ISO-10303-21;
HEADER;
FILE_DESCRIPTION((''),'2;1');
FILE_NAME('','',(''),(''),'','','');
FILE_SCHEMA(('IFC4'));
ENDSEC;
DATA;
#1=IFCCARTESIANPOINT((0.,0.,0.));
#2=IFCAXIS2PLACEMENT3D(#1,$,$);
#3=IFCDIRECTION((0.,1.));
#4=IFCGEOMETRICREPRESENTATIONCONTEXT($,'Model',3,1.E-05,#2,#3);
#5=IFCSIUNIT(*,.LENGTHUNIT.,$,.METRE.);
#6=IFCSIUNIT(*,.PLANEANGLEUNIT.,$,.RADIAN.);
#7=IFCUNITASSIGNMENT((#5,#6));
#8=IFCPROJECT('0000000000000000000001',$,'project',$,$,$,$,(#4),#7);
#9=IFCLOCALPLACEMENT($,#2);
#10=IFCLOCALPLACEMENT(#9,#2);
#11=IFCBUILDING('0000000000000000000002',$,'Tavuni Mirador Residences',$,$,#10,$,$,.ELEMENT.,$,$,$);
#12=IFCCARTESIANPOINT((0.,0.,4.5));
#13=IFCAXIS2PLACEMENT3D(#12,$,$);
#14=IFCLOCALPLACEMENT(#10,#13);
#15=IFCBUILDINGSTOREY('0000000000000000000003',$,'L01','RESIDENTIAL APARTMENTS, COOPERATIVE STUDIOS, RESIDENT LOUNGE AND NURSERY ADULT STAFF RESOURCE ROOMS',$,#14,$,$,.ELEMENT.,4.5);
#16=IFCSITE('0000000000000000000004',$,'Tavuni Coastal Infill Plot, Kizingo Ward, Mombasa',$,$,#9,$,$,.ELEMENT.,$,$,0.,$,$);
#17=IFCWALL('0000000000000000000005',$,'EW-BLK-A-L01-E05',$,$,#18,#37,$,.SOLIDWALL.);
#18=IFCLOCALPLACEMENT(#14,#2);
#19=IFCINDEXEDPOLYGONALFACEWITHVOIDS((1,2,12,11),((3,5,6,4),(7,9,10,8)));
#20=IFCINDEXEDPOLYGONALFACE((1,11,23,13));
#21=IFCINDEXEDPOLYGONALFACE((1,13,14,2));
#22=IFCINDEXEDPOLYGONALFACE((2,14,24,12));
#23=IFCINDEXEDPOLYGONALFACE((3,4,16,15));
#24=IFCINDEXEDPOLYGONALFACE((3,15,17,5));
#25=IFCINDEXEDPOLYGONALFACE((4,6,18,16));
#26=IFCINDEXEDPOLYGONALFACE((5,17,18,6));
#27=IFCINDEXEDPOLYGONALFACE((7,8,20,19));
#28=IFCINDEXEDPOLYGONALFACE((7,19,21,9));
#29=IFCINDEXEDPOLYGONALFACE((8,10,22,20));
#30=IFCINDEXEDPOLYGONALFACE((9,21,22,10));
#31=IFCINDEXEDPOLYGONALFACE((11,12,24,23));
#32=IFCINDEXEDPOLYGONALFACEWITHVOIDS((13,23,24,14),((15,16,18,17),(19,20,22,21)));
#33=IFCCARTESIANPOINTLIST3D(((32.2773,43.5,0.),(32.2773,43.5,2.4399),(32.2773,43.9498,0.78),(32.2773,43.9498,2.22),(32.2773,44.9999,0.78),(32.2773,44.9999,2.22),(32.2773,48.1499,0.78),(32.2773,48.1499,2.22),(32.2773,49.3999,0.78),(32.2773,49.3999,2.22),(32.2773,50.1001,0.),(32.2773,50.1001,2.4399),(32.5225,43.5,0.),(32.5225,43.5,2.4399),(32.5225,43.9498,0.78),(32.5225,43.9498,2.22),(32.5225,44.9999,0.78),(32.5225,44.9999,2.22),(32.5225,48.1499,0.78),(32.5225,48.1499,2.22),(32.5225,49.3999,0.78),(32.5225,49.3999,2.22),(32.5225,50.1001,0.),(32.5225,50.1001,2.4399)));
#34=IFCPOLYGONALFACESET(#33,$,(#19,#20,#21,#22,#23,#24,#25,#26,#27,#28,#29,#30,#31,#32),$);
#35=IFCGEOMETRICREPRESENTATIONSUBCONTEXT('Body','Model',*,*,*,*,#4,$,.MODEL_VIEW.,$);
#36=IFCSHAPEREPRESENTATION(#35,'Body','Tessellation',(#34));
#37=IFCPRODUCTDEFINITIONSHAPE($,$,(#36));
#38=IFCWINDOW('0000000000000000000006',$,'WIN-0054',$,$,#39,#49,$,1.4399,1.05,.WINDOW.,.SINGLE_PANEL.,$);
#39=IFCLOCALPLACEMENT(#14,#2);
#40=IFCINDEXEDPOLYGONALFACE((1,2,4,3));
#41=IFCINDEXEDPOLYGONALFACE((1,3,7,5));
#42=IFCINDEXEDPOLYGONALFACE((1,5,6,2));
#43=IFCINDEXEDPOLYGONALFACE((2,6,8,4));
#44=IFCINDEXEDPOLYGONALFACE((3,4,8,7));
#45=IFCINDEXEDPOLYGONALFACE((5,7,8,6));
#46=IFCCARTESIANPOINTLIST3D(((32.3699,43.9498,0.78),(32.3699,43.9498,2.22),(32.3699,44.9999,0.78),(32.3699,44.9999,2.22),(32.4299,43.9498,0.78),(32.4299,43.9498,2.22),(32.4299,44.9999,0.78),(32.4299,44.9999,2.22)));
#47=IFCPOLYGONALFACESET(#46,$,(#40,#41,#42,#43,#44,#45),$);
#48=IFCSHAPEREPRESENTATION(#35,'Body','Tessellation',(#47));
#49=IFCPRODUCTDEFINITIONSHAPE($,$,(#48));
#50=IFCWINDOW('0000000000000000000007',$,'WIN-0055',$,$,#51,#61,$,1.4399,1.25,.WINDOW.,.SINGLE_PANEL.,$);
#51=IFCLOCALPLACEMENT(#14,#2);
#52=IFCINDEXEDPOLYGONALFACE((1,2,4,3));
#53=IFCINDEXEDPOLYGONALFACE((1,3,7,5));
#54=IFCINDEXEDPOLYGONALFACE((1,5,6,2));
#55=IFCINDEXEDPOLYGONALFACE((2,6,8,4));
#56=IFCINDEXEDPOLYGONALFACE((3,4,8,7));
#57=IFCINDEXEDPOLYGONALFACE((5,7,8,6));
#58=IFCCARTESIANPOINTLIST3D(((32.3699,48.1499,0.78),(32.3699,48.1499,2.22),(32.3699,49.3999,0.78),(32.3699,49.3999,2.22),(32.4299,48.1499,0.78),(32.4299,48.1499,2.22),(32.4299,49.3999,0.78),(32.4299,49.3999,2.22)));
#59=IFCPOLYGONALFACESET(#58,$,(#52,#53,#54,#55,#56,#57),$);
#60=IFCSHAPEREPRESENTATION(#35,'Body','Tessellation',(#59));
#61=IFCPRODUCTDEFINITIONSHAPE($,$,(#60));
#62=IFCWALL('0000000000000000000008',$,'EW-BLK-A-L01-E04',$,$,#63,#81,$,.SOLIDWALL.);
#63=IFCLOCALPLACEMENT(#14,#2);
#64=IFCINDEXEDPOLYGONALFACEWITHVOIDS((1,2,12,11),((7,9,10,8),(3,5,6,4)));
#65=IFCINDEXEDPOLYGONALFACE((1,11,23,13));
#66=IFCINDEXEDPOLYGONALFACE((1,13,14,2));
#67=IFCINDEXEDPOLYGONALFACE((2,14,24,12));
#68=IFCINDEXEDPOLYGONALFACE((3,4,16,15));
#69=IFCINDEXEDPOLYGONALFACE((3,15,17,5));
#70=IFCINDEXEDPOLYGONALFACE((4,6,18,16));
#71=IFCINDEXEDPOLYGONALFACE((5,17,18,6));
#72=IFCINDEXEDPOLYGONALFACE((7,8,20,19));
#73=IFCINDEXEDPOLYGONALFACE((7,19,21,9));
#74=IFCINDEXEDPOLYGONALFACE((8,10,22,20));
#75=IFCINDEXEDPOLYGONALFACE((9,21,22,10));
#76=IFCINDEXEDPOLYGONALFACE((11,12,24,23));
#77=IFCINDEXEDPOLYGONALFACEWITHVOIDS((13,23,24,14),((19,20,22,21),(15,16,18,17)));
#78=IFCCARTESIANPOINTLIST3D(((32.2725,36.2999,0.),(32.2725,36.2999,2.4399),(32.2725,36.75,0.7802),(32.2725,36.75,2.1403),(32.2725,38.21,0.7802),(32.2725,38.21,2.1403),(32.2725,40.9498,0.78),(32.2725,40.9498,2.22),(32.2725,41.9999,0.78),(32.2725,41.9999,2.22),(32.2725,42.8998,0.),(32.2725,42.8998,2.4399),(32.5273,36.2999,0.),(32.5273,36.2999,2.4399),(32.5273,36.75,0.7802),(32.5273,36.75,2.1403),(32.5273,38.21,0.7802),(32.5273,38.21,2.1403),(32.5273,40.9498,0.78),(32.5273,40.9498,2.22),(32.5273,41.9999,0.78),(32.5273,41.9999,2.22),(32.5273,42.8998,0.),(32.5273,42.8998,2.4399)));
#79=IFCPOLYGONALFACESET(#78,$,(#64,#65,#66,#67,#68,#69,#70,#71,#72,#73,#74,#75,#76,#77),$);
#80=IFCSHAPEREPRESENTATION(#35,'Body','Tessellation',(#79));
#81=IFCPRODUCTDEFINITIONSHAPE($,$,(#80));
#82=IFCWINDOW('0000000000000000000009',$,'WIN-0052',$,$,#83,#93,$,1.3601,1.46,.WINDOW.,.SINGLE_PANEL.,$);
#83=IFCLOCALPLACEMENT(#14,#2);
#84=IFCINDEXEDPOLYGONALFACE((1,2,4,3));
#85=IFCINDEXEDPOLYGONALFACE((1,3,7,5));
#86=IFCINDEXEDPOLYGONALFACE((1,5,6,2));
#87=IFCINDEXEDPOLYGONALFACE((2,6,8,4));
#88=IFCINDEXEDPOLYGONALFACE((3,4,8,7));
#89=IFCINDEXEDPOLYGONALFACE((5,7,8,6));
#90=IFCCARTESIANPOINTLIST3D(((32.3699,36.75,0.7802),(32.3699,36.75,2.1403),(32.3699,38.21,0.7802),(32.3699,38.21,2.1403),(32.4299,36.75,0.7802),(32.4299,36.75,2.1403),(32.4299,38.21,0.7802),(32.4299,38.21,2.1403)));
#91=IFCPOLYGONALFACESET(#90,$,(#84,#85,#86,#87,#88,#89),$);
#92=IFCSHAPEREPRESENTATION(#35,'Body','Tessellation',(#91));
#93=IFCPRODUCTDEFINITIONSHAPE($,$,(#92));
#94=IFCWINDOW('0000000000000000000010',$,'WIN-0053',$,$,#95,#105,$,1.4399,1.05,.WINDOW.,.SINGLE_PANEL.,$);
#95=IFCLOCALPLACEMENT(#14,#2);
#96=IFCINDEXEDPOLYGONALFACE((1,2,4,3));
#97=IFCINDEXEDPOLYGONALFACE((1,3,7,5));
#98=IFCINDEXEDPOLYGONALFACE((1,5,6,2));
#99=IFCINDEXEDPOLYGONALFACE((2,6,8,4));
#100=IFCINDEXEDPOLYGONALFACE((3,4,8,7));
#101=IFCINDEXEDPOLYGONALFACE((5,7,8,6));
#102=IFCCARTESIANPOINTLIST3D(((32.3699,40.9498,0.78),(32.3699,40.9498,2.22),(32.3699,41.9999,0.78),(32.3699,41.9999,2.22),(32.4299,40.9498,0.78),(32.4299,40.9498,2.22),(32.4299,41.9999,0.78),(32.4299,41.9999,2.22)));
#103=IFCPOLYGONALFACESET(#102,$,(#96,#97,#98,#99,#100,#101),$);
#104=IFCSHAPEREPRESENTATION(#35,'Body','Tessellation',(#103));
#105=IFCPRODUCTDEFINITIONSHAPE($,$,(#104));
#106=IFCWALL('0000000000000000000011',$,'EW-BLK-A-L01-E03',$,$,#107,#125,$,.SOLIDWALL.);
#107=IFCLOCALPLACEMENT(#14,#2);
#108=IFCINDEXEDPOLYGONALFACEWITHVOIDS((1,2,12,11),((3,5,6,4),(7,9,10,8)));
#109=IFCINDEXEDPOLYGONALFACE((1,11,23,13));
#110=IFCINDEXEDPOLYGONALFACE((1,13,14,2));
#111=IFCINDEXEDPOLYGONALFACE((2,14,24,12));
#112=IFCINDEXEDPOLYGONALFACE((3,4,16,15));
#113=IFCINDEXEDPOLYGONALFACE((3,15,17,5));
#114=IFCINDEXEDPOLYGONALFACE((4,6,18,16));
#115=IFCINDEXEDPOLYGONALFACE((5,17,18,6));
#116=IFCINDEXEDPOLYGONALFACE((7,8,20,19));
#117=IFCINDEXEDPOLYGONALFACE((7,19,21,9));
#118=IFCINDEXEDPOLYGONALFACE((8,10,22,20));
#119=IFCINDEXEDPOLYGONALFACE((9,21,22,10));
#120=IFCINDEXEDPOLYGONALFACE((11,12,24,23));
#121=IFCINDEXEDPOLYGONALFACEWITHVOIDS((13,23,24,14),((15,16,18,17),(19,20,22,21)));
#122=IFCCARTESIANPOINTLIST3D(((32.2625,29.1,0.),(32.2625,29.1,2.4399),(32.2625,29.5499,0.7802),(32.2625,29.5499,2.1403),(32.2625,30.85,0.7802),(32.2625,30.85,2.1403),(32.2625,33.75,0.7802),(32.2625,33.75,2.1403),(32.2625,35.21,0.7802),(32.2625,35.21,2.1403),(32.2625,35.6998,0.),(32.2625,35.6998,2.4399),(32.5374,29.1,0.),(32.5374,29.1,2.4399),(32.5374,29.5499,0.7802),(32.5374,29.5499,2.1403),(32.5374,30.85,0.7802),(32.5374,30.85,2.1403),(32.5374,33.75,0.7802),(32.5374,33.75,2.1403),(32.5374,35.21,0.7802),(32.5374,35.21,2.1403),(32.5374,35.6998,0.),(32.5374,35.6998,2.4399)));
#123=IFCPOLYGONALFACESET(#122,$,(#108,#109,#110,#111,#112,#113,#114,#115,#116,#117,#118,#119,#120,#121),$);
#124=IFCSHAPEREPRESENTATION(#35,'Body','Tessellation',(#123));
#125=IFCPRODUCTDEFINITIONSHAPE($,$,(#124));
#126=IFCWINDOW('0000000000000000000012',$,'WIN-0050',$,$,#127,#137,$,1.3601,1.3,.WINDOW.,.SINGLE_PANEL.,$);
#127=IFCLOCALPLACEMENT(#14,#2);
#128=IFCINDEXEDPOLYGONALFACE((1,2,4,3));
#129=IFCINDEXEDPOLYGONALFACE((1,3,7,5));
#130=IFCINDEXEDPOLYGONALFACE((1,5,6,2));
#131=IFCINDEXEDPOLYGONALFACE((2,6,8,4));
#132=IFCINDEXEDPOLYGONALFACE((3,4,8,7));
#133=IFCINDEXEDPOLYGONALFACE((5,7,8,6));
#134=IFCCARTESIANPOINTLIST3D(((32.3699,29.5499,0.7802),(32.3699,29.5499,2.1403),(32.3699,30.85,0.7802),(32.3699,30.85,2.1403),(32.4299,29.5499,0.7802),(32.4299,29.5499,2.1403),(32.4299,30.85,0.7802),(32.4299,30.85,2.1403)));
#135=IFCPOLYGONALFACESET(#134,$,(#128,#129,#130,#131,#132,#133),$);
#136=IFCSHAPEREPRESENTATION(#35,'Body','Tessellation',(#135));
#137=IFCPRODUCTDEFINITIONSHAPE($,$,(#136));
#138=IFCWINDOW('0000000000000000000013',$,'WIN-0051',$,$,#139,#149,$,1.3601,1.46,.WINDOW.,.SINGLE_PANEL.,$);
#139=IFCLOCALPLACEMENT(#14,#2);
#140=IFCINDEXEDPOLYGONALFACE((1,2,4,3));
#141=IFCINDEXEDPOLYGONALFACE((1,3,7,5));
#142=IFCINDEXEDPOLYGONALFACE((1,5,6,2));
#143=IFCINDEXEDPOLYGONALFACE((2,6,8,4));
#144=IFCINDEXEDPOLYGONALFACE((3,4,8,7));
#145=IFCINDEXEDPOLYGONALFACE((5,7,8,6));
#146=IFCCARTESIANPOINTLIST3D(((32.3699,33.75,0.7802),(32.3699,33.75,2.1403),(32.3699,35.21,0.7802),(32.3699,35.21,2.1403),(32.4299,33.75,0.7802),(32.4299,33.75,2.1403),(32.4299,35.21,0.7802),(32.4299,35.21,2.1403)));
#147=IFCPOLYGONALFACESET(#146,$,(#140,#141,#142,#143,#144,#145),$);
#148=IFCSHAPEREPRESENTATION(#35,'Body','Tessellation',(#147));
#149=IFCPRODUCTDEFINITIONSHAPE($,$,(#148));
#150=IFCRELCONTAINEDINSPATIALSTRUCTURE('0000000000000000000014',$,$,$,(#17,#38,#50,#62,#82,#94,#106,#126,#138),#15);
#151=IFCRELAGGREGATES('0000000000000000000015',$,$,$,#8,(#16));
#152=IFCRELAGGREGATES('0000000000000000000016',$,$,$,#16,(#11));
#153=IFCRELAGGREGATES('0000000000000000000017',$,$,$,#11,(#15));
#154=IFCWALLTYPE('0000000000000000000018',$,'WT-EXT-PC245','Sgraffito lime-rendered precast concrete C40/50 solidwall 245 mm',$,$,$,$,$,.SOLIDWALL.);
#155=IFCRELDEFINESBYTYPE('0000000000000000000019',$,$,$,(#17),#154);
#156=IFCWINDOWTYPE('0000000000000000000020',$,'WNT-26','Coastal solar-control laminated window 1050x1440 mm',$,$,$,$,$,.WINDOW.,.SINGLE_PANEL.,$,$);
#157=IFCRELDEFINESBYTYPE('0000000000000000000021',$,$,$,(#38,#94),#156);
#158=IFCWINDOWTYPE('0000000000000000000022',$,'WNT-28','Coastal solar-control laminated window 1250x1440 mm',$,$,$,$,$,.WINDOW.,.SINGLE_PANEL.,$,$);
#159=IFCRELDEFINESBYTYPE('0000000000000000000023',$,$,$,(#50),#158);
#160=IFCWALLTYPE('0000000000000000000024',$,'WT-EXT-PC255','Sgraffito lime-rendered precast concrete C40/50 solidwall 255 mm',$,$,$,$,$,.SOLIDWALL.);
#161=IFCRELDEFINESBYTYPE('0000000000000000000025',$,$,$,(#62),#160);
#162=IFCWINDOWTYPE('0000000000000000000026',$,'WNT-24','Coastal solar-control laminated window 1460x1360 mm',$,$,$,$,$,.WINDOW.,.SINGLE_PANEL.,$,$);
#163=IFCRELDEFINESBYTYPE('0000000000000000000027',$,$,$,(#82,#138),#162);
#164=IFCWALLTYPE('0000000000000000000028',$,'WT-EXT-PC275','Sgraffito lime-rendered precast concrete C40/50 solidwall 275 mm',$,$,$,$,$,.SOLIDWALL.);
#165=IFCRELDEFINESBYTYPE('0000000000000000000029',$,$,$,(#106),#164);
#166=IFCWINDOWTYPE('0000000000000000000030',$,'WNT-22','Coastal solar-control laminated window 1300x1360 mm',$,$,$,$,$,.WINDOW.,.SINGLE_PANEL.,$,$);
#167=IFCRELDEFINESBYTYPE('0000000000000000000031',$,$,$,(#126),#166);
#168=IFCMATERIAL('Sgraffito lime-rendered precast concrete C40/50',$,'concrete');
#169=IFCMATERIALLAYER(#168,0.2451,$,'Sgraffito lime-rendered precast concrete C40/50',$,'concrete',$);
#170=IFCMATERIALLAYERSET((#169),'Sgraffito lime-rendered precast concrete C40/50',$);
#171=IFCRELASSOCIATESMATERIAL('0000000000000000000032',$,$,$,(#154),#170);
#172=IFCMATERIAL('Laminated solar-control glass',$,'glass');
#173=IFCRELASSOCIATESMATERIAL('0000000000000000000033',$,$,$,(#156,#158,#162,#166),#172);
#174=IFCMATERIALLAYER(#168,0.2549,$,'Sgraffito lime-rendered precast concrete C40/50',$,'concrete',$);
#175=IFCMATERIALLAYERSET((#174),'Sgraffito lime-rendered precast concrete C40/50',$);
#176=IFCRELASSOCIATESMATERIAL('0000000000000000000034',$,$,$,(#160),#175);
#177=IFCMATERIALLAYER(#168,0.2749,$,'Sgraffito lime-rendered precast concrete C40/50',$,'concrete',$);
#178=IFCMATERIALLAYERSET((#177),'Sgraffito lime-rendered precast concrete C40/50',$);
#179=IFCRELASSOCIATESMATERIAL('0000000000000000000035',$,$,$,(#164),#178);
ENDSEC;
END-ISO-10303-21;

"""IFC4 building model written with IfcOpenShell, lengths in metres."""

from ifc_helpers import new_model, si_unit, direction, frame, frame_2d, origin, place, context, subcontext, project, spatial, rectangle, extrude, material, layer, layer_set, type_object, element, fill, save


model = new_model("IFC4")

# Units and contexts
model_context = context("Model", 3, precision=1e-05, world=origin(), true_north=direction((0.0, 1.0)))
body_context = subcontext(model_context, "Body", "Model", "MODEL_VIEW")
ifc_project = project(units=[si_unit("LENGTHUNIT", "METRE"), si_unit("PLANEANGLEUNIT", "RADIAN")], contexts=[model_context])

# Site, building, storey
site_placement = place(None, origin())
site = spatial("IfcSite", under=ifc_project, at=site_placement, Name="Tavuni Coastal Infill Plot, Kizingo Ward, Mombasa", CompositionType="ELEMENT", RefElevation=0.0)
building_placement = place(site_placement, origin())
building = spatial("IfcBuilding", under=site, at=building_placement, Name="Tavuni Mirador Residences", CompositionType="ELEMENT")
storey_placement = place(building_placement, frame((0.0, 0.0, 4.5)))
storey = spatial("IfcBuildingStorey", under=building, at=storey_placement, Name="L01", Description="RESIDENTIAL APARTMENTS, COOPERATIVE STUDIOS, RESIDENT LOUNGE AND NURSERY ADULT STAFF RESOURCE ROOMS", CompositionType="ELEMENT", Elevation=4.5)

# Walls, openings, windows
ifc_material_1 = material(Name="Sgraffito lime-rendered precast concrete C40/50", Category="concrete")
ifc_layer_1 = layer(ifc_material_1, 0.2451, Name="Sgraffito lime-rendered precast concrete C40/50", Category="concrete")
ifc_layer_set_1 = layer_set([ifc_layer_1], Name="Sgraffito lime-rendered precast concrete C40/50")
wall_type_1 = type_object("IfcWallType", Name="WT-EXT-PC245", Description="Sgraffito lime-rendered precast concrete C40/50 solidwall 245 mm", PredefinedType="SOLIDWALL", material=ifc_layer_set_1)
wall_1_placement = place(storey_placement, frame((32.3999, 43.5, 0.0), z_axis=(0.0, 0.0, 1.0), x_axis=(0.0, 1.0, 0.0)))
wall_1 = element("IfcWall", 1, at=wall_1_placement, inside=storey, type_object=wall_type_1, Name="EW-BLK-A-L01-E05", PredefinedType="SOLIDWALL", context=body_context, shape_type="SweptSolid", body=[
    extrude(rectangle(XDim=6.6001, YDim=0.2451, at=frame_2d((3.3, 0.0))), origin(), (0.0, 0.0, 1.0), 2.4399),
])
opening_1_placement = place(wall_1_placement, frame((0.45, 0.0, 0.78)))
opening_1 = element("IfcOpeningElement", 2, at=opening_1_placement, cuts=wall_1, PredefinedType="OPENING", context=body_context, shape_type="SweptSolid", body=[
    extrude(rectangle(XDim=1.05, YDim=1.4399, at=frame_2d((0.5249, 0.72))), frame((0.0, 0.1326, 0.0), z_axis=(0.0, -1.0, 0.0), x_axis=(1.0, 0.0, 0.0)), (0.0, 0.0, 1.0), 0.2651),
])
opening_2_placement = place(wall_1_placement, frame((4.6499, 0.0, 0.78)))
opening_2 = element("IfcOpeningElement", 3, at=opening_2_placement, cuts=wall_1, PredefinedType="OPENING", context=body_context, shape_type="SweptSolid", body=[
    extrude(rectangle(XDim=1.25, YDim=1.4399, at=frame_2d((0.625, 0.72))), frame((0.0, 0.1326, 0.0), z_axis=(0.0, -1.0, 0.0), x_axis=(1.0, 0.0, 0.0)), (0.0, 0.0, 1.0), 0.2651),
])
ifc_material_2 = material(Name="Laminated solar-control glass", Category="glass")
window_type_1 = type_object("IfcWindowType", Name="WNT-26", Description="Coastal solar-control laminated window 1050x1440 mm", PartitioningType="SINGLE_PANEL", PredefinedType="WINDOW", material=ifc_material_2)
window_1_placement = place(opening_1_placement, origin())
window_1 = element("IfcWindow", 4, at=window_1_placement, inside=storey, type_object=window_type_1, Name="WIN-0054", OverallHeight=1.4399, OverallWidth=1.05, PartitioningType="SINGLE_PANEL", PredefinedType="WINDOW", context=body_context, shape_type="SweptSolid", body=[
    extrude(rectangle(XDim=1.05, YDim=1.4399, at=frame_2d((0.5249, 0.72))), frame((0.0, 0.03, 0.0), z_axis=(0.0, -1.0, 0.0), x_axis=(1.0, 0.0, 0.0)), (0.0, 0.0, 1.0), 0.0601),
])
fill(opening_1, window_1)
window_type_2 = type_object("IfcWindowType", Name="WNT-28", Description="Coastal solar-control laminated window 1250x1440 mm", PartitioningType="SINGLE_PANEL", PredefinedType="WINDOW", material=ifc_material_2)
window_2_placement = place(opening_2_placement, origin())
window_2 = element("IfcWindow", 5, at=window_2_placement, inside=storey, type_object=window_type_2, Name="WIN-0055", OverallHeight=1.4399, OverallWidth=1.25, PartitioningType="SINGLE_PANEL", PredefinedType="WINDOW", context=body_context, shape_type="SweptSolid", body=[
    extrude(rectangle(XDim=1.25, YDim=1.4399, at=frame_2d((0.625, 0.72))), frame((0.0, 0.03, 0.0), z_axis=(0.0, -1.0, 0.0), x_axis=(1.0, 0.0, 0.0)), (0.0, 0.0, 1.0), 0.0601),
])
fill(opening_2, window_2)
ifc_layer_2 = layer(ifc_material_1, 0.2549, Name="Sgraffito lime-rendered precast concrete C40/50", Category="concrete")
ifc_layer_set_2 = layer_set([ifc_layer_2], Name="Sgraffito lime-rendered precast concrete C40/50")
wall_type_2 = type_object("IfcWallType", Name="WT-EXT-PC255", Description="Sgraffito lime-rendered precast concrete C40/50 solidwall 255 mm", PredefinedType="SOLIDWALL", material=ifc_layer_set_2)
wall_2_placement = place(storey_placement, frame((32.3999, 36.3, 0.0), z_axis=(0.0, 0.0, 1.0), x_axis=(0.0, 1.0, 0.0)))
wall_2 = element("IfcWall", 6, at=wall_2_placement, inside=storey, type_object=wall_type_2, Name="EW-BLK-A-L01-E04", PredefinedType="SOLIDWALL", context=body_context, shape_type="SweptSolid", body=[
    extrude(rectangle(XDim=6.5999, YDim=0.2549, at=frame_2d((3.2998, 0.0))), origin(), (0.0, 0.0, 1.0), 2.4399),
])
opening_3_placement = place(wall_2_placement, frame((0.45, 0.0, 0.78)))
opening_3 = element("IfcOpeningElement", 7, at=opening_3_placement, cuts=wall_2, PredefinedType="OPENING", context=body_context, shape_type="SweptSolid", body=[
    extrude(rectangle(XDim=1.46, YDim=1.3601, at=frame_2d((0.73, 0.6802))), frame((0.0, 0.1375, 0.0), z_axis=(0.0, -1.0, 0.0), x_axis=(1.0, 0.0, 0.0)), (0.0, 0.0, 1.0), 0.2749),
])
opening_4_placement = place(wall_2_placement, frame((4.6499, 0.0, 0.78)))
opening_4 = element("IfcOpeningElement", 8, at=opening_4_placement, cuts=wall_2, PredefinedType="OPENING", context=body_context, shape_type="SweptSolid", body=[
    extrude(rectangle(XDim=1.05, YDim=1.4399, at=frame_2d((0.5249, 0.72))), frame((0.0, 0.1375, 0.0), z_axis=(0.0, -1.0, 0.0), x_axis=(1.0, 0.0, 0.0)), (0.0, 0.0, 1.0), 0.2749),
])
window_type_3 = type_object("IfcWindowType", Name="WNT-24", Description="Coastal solar-control laminated window 1460x1360 mm", PartitioningType="SINGLE_PANEL", PredefinedType="WINDOW", material=ifc_material_2)
window_3_placement = place(opening_3_placement, origin())
window_3 = element("IfcWindow", 9, at=window_3_placement, inside=storey, type_object=window_type_3, Name="WIN-0052", OverallHeight=1.3601, OverallWidth=1.46, PartitioningType="SINGLE_PANEL", PredefinedType="WINDOW", context=body_context, shape_type="SweptSolid", body=[
    extrude(rectangle(XDim=1.46, YDim=1.3601, at=frame_2d((0.73, 0.6802))), frame((0.0, 0.03, 0.0), z_axis=(0.0, -1.0, 0.0), x_axis=(1.0, 0.0, 0.0)), (0.0, 0.0, 1.0), 0.0601),
])
fill(opening_3, window_3)
window_4_placement = place(opening_4_placement, origin())
window_4 = element("IfcWindow", 10, at=window_4_placement, inside=storey, type_object=window_type_1, Name="WIN-0053", OverallHeight=1.4399, OverallWidth=1.05, PartitioningType="SINGLE_PANEL", PredefinedType="WINDOW", context=body_context, shape_type="SweptSolid", body=[
    extrude(rectangle(XDim=1.05, YDim=1.4399, at=frame_2d((0.5249, 0.72))), frame((0.0, 0.03, 0.0), z_axis=(0.0, -1.0, 0.0), x_axis=(1.0, 0.0, 0.0)), (0.0, 0.0, 1.0), 0.0601),
])
fill(opening_4, window_4)
ifc_layer_3 = layer(ifc_material_1, 0.2749, Name="Sgraffito lime-rendered precast concrete C40/50", Category="concrete")
ifc_layer_set_3 = layer_set([ifc_layer_3], Name="Sgraffito lime-rendered precast concrete C40/50")
wall_type_3 = type_object("IfcWallType", Name="WT-EXT-PC275", Description="Sgraffito lime-rendered precast concrete C40/50 solidwall 275 mm", PredefinedType="SOLIDWALL", material=ifc_layer_set_3)
wall_3_placement = place(storey_placement, frame((32.3999, 29.1001, 0.0), z_axis=(0.0, 0.0, 1.0), x_axis=(0.0, 1.0, 0.0)))
wall_3 = element("IfcWall", 11, at=wall_3_placement, inside=storey, type_object=wall_type_3, Name="EW-BLK-A-L01-E03", PredefinedType="SOLIDWALL", context=body_context, shape_type="SweptSolid", body=[
    extrude(rectangle(XDim=6.5999, YDim=0.2749, at=frame_2d((3.2998, 0.0))), origin(), (0.0, 0.0, 1.0), 2.4399),
])
opening_5_placement = place(wall_3_placement, frame((0.45, 0.0, 0.78)))
opening_5 = element("IfcOpeningElement", 12, at=opening_5_placement, cuts=wall_3, PredefinedType="OPENING", context=body_context, shape_type="SweptSolid", body=[
    extrude(rectangle(XDim=1.3, YDim=1.3601, at=frame_2d((0.6499, 0.6802))), frame((0.0, 0.1475, 0.0), z_axis=(0.0, -1.0, 0.0), x_axis=(1.0, 0.0, 0.0)), (0.0, 0.0, 1.0), 0.2949),
])
opening_6_placement = place(wall_3_placement, frame((4.6499, 0.0, 0.78)))
opening_6 = element("IfcOpeningElement", 13, at=opening_6_placement, cuts=wall_3, PredefinedType="OPENING", context=body_context, shape_type="SweptSolid", body=[
    extrude(rectangle(XDim=1.46, YDim=1.3601, at=frame_2d((0.73, 0.6802))), frame((0.0, 0.1475, 0.0), z_axis=(0.0, -1.0, 0.0), x_axis=(1.0, 0.0, 0.0)), (0.0, 0.0, 1.0), 0.2949),
])
window_type_4 = type_object("IfcWindowType", Name="WNT-22", Description="Coastal solar-control laminated window 1300x1360 mm", PartitioningType="SINGLE_PANEL", PredefinedType="WINDOW", material=ifc_material_2)
window_5_placement = place(opening_5_placement, origin())
window_5 = element("IfcWindow", 14, at=window_5_placement, inside=storey, type_object=window_type_4, Name="WIN-0050", OverallHeight=1.3601, OverallWidth=1.3, PartitioningType="SINGLE_PANEL", PredefinedType="WINDOW", context=body_context, shape_type="SweptSolid", body=[
    extrude(rectangle(XDim=1.3, YDim=1.3601, at=frame_2d((0.6499, 0.6802))), frame((0.0, 0.03, 0.0), z_axis=(0.0, -1.0, 0.0), x_axis=(1.0, 0.0, 0.0)), (0.0, 0.0, 1.0), 0.0601),
])
fill(opening_5, window_5)
window_6_placement = place(opening_6_placement, origin())
window_6 = element("IfcWindow", 15, at=window_6_placement, inside=storey, type_object=window_type_3, Name="WIN-0051", OverallHeight=1.3601, OverallWidth=1.46, PartitioningType="SINGLE_PANEL", PredefinedType="WINDOW", context=body_context, shape_type="SweptSolid", body=[
    extrude(rectangle(XDim=1.46, YDim=1.3601, at=frame_2d((0.73, 0.6802))), frame((0.0, 0.03, 0.0), z_axis=(0.0, -1.0, 0.0), x_axis=(1.0, 0.0, 0.0)), (0.0, 0.0, 1.0), 0.0601),
])
fill(opening_6, window_6)

save(model, "model.ifc")
